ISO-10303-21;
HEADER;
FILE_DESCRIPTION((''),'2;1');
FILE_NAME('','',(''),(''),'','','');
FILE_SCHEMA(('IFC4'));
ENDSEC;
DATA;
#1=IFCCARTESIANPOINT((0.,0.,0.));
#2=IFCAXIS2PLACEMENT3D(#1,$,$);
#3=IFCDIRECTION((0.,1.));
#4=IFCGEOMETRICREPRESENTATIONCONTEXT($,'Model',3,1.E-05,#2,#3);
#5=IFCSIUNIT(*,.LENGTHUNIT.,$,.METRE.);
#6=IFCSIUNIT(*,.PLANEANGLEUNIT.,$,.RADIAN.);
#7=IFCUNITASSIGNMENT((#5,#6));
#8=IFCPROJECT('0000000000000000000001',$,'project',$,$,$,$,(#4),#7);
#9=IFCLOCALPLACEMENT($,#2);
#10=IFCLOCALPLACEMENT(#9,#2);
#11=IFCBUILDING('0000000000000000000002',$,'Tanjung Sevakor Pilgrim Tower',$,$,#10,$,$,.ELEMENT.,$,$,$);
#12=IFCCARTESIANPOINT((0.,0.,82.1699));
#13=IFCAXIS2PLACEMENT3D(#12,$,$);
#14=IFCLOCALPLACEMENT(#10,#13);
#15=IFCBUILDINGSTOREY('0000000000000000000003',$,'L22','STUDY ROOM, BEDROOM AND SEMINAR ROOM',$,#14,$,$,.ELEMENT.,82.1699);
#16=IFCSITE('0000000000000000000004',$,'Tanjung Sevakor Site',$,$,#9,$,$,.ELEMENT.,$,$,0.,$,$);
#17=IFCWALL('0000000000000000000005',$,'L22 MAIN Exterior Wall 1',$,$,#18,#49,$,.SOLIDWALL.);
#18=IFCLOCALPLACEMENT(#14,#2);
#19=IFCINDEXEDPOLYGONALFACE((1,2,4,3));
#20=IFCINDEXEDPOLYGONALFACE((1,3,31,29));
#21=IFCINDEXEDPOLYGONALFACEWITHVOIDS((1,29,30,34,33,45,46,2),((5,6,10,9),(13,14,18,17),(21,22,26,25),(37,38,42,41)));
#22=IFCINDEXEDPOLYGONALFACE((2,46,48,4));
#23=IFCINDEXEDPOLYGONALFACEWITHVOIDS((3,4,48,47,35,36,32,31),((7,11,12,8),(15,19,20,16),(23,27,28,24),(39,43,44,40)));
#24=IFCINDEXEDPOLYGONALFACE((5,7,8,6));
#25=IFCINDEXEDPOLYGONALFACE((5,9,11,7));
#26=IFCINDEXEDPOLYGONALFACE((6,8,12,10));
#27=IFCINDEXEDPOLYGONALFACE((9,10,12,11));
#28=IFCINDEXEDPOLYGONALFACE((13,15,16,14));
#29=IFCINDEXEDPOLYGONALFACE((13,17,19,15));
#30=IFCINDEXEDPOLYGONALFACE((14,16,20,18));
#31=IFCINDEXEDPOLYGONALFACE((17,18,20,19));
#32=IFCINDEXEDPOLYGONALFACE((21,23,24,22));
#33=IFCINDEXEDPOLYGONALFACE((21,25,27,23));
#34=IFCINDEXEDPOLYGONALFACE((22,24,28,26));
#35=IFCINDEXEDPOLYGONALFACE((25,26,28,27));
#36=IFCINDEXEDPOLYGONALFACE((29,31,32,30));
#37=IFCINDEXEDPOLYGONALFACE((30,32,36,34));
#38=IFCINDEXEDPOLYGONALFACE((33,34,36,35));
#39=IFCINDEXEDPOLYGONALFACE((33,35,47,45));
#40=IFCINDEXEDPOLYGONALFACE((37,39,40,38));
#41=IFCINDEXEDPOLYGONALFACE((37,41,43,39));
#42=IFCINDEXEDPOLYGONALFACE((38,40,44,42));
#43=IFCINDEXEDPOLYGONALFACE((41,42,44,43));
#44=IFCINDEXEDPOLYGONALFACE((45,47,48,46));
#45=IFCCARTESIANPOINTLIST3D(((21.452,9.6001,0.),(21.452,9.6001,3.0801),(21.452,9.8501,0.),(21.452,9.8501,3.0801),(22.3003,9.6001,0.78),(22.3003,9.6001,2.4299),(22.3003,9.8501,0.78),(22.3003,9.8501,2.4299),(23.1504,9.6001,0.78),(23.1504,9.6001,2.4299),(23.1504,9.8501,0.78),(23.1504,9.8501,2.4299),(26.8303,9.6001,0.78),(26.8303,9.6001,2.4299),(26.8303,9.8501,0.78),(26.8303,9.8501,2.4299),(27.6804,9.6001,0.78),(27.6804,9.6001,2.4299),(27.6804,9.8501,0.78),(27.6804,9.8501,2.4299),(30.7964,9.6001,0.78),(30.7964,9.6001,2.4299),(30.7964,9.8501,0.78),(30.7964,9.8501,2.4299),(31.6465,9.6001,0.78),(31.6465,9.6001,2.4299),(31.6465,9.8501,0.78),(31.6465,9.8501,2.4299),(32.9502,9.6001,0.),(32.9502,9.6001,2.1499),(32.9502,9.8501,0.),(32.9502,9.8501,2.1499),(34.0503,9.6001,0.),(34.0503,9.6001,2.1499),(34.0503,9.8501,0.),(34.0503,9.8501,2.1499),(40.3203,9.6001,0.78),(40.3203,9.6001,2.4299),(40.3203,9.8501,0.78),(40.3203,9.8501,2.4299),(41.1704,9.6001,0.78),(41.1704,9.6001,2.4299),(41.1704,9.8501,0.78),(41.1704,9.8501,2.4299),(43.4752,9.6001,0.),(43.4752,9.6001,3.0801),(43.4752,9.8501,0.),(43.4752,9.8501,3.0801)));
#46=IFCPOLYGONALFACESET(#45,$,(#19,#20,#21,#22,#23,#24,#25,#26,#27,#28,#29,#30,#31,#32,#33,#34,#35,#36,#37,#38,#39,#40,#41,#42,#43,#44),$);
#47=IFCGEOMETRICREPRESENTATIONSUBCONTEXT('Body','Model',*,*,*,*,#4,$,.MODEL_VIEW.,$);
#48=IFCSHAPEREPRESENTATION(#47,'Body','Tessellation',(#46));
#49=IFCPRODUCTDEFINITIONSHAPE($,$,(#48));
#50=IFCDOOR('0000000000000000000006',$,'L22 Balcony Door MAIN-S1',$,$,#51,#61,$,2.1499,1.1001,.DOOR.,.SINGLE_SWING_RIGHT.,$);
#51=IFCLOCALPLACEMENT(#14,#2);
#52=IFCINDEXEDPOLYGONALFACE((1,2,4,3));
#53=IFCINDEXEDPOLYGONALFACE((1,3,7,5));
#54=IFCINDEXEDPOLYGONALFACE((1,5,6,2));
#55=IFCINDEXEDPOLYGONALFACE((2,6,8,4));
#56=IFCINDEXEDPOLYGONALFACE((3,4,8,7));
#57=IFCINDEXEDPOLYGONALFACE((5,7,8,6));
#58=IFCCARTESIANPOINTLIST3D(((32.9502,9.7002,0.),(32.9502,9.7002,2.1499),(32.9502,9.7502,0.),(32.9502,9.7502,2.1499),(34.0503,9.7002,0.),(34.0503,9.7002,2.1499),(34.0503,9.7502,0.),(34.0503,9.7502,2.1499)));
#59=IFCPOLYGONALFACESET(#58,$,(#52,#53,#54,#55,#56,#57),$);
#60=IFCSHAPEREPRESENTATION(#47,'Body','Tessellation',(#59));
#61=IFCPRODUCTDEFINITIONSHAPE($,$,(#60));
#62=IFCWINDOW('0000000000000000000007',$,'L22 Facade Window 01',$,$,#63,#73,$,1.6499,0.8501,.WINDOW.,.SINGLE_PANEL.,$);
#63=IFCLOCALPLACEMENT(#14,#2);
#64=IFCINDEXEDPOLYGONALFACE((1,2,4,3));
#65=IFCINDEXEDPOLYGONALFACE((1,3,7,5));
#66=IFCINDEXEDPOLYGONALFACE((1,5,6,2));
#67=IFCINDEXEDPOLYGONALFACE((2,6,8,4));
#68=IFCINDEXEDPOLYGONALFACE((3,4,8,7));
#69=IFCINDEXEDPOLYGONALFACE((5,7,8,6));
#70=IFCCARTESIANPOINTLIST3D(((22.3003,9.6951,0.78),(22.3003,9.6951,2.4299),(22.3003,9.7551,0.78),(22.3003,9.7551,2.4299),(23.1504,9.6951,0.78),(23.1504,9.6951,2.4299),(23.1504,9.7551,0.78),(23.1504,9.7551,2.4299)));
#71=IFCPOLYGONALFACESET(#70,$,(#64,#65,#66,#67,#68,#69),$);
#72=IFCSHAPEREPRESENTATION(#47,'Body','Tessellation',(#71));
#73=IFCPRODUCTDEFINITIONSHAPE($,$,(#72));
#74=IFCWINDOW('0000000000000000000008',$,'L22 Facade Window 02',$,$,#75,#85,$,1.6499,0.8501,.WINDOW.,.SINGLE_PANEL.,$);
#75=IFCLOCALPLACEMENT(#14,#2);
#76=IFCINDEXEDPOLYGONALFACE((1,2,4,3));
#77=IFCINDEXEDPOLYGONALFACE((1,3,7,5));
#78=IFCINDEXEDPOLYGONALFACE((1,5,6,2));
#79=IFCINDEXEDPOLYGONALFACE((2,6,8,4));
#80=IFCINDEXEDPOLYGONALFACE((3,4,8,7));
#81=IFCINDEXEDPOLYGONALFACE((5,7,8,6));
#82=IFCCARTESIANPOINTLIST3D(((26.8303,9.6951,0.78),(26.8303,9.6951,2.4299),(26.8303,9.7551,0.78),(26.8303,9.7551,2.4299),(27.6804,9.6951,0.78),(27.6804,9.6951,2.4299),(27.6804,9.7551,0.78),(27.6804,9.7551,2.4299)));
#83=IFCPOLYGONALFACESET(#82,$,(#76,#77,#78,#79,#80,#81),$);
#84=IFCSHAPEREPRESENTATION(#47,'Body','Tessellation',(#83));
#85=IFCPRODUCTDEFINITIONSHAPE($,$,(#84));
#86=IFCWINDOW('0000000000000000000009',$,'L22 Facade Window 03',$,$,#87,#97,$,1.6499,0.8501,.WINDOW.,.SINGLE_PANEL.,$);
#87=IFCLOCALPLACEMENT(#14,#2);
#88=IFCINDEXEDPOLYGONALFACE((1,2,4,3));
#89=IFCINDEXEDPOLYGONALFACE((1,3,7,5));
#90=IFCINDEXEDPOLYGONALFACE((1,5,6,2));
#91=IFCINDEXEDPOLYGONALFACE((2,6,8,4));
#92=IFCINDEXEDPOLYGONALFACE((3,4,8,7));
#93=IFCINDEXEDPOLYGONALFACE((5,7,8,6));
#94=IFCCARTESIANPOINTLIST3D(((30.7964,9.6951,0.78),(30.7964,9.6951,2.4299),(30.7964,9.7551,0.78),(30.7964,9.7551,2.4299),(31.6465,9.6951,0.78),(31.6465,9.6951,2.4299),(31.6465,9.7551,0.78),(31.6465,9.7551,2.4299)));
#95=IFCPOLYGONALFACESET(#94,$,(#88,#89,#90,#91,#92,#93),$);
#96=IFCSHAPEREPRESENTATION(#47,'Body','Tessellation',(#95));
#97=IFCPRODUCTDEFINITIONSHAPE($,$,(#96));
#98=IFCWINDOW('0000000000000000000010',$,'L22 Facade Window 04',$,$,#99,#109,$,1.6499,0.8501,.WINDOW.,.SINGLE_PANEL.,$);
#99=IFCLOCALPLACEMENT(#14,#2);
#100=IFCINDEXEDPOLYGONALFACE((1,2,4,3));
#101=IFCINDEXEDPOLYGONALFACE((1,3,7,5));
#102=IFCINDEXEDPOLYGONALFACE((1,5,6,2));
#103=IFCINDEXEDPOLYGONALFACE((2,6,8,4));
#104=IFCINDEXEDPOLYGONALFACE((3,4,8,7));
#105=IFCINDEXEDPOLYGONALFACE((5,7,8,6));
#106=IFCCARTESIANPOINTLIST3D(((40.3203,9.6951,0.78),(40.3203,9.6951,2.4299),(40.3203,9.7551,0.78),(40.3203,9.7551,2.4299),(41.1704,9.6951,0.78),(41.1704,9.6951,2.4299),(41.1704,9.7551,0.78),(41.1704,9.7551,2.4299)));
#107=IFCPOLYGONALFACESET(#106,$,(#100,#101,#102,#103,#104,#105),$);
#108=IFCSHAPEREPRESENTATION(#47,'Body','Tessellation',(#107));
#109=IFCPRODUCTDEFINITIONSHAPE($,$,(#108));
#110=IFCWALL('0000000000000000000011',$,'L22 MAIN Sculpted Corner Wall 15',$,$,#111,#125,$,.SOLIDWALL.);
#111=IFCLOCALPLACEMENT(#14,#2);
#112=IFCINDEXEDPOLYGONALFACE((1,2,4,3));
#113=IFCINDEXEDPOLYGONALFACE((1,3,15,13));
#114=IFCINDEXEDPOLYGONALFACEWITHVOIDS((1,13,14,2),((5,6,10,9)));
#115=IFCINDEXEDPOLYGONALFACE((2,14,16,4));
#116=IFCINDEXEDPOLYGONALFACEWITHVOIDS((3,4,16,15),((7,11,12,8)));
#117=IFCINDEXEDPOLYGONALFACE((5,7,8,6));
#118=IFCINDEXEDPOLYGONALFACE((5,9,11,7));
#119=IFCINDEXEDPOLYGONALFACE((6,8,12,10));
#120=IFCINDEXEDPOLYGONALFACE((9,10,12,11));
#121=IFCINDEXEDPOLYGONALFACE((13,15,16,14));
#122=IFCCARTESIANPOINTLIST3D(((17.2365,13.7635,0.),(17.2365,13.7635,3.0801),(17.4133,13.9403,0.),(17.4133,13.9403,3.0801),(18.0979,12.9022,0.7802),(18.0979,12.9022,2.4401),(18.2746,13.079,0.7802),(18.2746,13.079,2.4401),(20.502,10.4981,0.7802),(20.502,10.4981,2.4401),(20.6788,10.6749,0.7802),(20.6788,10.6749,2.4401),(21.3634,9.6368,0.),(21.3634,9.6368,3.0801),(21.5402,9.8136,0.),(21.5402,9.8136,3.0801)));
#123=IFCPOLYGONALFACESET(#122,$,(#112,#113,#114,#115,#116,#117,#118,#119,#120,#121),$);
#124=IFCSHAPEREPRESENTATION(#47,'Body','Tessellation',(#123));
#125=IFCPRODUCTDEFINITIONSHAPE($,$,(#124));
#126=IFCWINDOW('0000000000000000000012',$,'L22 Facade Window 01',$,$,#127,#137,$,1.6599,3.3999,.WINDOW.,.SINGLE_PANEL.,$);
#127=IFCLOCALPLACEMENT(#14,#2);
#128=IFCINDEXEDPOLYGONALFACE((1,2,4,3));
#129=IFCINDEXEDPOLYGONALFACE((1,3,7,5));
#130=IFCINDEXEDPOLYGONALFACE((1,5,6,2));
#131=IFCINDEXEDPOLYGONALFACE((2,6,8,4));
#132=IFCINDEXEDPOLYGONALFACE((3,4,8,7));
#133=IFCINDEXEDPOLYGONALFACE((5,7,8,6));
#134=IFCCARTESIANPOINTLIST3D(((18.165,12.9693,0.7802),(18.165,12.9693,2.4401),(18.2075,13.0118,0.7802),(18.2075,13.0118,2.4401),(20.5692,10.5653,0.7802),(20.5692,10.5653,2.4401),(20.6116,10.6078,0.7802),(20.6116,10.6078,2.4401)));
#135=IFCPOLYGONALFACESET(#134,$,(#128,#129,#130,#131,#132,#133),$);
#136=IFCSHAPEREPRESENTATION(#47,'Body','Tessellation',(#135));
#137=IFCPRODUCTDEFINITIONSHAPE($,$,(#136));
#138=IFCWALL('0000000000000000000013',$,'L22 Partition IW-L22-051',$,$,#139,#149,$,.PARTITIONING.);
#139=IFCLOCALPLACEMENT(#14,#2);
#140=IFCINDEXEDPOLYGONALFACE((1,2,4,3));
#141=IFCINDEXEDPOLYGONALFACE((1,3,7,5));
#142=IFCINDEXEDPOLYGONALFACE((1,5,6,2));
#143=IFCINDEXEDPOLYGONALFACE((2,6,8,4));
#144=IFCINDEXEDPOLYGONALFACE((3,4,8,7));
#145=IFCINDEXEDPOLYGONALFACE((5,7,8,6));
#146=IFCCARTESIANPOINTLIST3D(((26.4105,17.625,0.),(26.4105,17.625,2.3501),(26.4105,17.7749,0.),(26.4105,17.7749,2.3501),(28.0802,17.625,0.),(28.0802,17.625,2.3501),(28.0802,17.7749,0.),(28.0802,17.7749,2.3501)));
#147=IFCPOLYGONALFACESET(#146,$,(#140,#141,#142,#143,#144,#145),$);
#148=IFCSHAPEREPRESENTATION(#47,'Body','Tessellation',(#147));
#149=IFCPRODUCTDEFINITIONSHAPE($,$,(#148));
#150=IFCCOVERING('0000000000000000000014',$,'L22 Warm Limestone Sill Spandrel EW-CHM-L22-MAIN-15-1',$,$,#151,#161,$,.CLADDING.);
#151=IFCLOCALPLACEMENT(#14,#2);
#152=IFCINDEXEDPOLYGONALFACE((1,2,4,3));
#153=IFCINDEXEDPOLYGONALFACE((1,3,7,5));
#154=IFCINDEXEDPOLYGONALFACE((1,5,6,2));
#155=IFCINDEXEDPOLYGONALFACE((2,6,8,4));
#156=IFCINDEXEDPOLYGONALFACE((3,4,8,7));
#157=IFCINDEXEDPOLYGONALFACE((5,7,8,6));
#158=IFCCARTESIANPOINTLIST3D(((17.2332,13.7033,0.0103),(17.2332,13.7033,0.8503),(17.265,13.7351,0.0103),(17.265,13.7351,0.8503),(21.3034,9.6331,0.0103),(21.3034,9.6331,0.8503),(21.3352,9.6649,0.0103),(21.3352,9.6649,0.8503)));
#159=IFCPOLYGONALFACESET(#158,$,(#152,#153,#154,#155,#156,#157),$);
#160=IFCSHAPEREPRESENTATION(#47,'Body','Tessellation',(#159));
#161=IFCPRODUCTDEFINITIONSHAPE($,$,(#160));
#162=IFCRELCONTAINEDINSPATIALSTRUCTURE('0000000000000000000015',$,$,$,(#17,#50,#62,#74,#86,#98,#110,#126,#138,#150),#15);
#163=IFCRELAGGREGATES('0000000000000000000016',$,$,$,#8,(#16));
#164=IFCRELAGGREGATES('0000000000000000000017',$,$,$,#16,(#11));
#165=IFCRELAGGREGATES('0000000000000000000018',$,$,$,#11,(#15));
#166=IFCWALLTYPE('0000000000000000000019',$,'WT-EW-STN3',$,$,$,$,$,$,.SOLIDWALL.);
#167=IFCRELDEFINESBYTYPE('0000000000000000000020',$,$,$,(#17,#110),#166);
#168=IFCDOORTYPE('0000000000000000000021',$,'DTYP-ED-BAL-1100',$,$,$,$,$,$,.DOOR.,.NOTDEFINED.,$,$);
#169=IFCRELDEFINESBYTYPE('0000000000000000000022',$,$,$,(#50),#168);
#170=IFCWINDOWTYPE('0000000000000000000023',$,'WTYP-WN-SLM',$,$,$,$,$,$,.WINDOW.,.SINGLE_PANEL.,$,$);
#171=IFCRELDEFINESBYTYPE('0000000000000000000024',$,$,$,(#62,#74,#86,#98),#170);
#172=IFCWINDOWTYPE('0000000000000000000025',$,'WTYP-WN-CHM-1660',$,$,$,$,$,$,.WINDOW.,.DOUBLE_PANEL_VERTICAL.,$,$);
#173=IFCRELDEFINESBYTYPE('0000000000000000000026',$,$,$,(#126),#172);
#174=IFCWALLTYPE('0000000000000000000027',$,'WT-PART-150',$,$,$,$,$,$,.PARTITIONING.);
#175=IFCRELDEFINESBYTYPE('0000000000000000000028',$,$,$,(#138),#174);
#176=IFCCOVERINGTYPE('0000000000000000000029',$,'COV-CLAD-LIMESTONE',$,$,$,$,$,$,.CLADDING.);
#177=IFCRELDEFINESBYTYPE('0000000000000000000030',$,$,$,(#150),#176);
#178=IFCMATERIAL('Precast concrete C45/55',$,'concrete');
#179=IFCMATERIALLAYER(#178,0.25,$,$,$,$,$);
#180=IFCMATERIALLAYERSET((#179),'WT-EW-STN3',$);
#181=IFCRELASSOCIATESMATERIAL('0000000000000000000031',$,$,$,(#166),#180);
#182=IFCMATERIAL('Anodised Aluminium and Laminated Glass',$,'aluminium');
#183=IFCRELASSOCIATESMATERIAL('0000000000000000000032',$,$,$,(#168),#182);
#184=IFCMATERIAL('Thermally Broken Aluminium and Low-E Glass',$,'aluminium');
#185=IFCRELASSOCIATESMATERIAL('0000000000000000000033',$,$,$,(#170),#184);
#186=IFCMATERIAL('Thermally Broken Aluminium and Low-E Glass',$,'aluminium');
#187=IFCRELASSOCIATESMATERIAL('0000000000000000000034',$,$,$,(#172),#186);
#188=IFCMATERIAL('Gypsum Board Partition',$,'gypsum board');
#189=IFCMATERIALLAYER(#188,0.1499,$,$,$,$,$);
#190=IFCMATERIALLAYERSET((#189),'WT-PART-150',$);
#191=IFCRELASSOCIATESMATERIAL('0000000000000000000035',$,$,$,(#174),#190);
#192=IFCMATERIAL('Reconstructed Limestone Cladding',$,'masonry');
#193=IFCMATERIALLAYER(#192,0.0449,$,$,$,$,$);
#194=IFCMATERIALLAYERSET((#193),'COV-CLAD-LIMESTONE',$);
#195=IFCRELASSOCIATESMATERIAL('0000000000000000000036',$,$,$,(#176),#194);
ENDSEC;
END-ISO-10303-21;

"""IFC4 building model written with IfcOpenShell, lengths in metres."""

from ifc_helpers import new_model, si_unit, direction, frame, frame_2d, origin, origin_2d, place, context, subcontext, project, spatial, rectangle, extrude, material, layer, layer_set, type_object, element, fill, save


model = new_model("IFC4")

# Units and contexts
model_context = context("Model", 3, precision=1e-05, world=origin(), true_north=direction((0.0, 1.0)))
body_context = subcontext(model_context, "Body", "Model", "MODEL_VIEW")
ifc_project = project(units=[si_unit("LENGTHUNIT", "METRE"), si_unit("PLANEANGLEUNIT", "RADIAN")], contexts=[model_context])

# Site, building, storey
site_placement = place(None, origin())
site = spatial("IfcSite", under=ifc_project, at=site_placement, Name="Tanjung Sevakor Site", CompositionType="ELEMENT", RefElevation=0.0)
building_placement = place(site_placement, origin())
building = spatial("IfcBuilding", under=site, at=building_placement, Name="Tanjung Sevakor Pilgrim Tower", CompositionType="ELEMENT")
storey_placement = place(building_placement, frame((0.0, 0.0, 82.1699)))
storey = spatial("IfcBuildingStorey", under=building, at=storey_placement, Name="L22", Description="STUDY ROOM, BEDROOM AND SEMINAR ROOM", CompositionType="ELEMENT", Elevation=82.1699)

# Wall, openings, door, windows
ifc_material_1 = material(Name="Precast concrete C45/55", Category="concrete")
ifc_layer_1 = layer(ifc_material_1, 0.25)
ifc_layer_set_1 = layer_set([ifc_layer_1], Name="WT-EW-STN3")
wall_type_1 = type_object("IfcWallType", Name="WT-EW-STN3", PredefinedType="SOLIDWALL", material=ifc_layer_set_1)
wall_1_placement = place(storey_placement, frame((21.4519, 9.7251, 0.0), z_axis=(0.0, 0.0, 1.0), x_axis=(1.0, 0.0, 0.0)))
wall_1 = element("IfcWall", 1, at=wall_1_placement, inside=storey, type_object=wall_type_1, Name="L22 MAIN Exterior Wall 1", PredefinedType="SOLIDWALL", context=body_context, shape_type="SweptSolid", body=[
    extrude(rectangle(XDim=22.0232, YDim=0.25, at=frame_2d((11.0117, 0.0))), origin(), (0.0, 0.0, 1.0), 3.0801),
])
opening_1_placement = place(wall_1_placement, frame((11.4983, 0.0, 0.0)))
opening_1 = element("IfcOpeningElement", 2, at=opening_1_placement, cuts=wall_1, PredefinedType="OPENING", context=body_context, shape_type="SweptSolid", body=[
    extrude(rectangle(XDim=1.1001, YDim=2.1499, at=frame_2d((0.55, 1.075))), frame((0.0, 0.135, 0.0), z_axis=(0.0, -1.0, 0.0), x_axis=(1.0, 0.0, 0.0)), (0.0, 0.0, 1.0), 0.27),
])
opening_2_placement = place(wall_1_placement, frame((0.8484, 0.0, 0.78)))
opening_2 = element("IfcOpeningElement", 3, at=opening_2_placement, cuts=wall_1, PredefinedType="OPENING", context=body_context, shape_type="SweptSolid", body=[
    extrude(rectangle(XDim=0.8501, YDim=1.6499, at=frame_2d((0.425, 0.825))), frame((0.0, 0.135, 0.0), z_axis=(0.0, -1.0, 0.0), x_axis=(1.0, 0.0, 0.0)), (0.0, 0.0, 1.0), 0.27),
])
opening_3_placement = place(wall_1_placement, frame((5.3784, 0.0, 0.78)))
opening_3 = element("IfcOpeningElement", 4, at=opening_3_placement, cuts=wall_1, PredefinedType="OPENING", context=body_context, shape_type="SweptSolid", body=[
    extrude(rectangle(XDim=0.8501, YDim=1.6499, at=frame_2d((0.425, 0.825))), frame((0.0, 0.135, 0.0), z_axis=(0.0, -1.0, 0.0), x_axis=(1.0, 0.0, 0.0)), (0.0, 0.0, 1.0), 0.27),
])
opening_4_placement = place(wall_1_placement, frame((9.3445, 0.0, 0.78)))
opening_4 = element("IfcOpeningElement", 5, at=opening_4_placement, cuts=wall_1, PredefinedType="OPENING", context=body_context, shape_type="SweptSolid", body=[
    extrude(rectangle(XDim=0.8501, YDim=1.6499, at=frame_2d((0.425, 0.825))), frame((0.0, 0.135, 0.0), z_axis=(0.0, -1.0, 0.0), x_axis=(1.0, 0.0, 0.0)), (0.0, 0.0, 1.0), 0.27),
])
opening_5_placement = place(wall_1_placement, frame((18.8684, 0.0, 0.78)))
opening_5 = element("IfcOpeningElement", 6, at=opening_5_placement, cuts=wall_1, PredefinedType="OPENING", context=body_context, shape_type="SweptSolid", body=[
    extrude(rectangle(XDim=0.8501, YDim=1.6499, at=frame_2d((0.425, 0.825))), frame((0.0, 0.135, 0.0), z_axis=(0.0, -1.0, 0.0), x_axis=(1.0, 0.0, 0.0)), (0.0, 0.0, 1.0), 0.27),
])
ifc_material_2 = material(Name="Anodised Aluminium and Laminated Glass", Category="aluminium")
door_type = type_object("IfcDoorType", Name="DTYP-ED-BAL-1100", OperationType="NOTDEFINED", PredefinedType="DOOR", material=ifc_material_2)
door_placement = place(opening_1_placement, frame((1.1001, 0.0, 0.0), z_axis=(0.0, 0.0, 1.0), x_axis=(-1.0, 0.0, 0.0)))
door = element("IfcDoor", 7, at=door_placement, inside=storey, type_object=door_type, Name="L22 Balcony Door MAIN-S1", OperationType="SINGLE_SWING_RIGHT", OverallHeight=2.1499, OverallWidth=1.1001, PredefinedType="DOOR", context=body_context, shape_type="SweptSolid", body=[
    extrude(rectangle(XDim=1.1001, YDim=2.1499, at=frame_2d((0.55, 1.075))), frame((0.0, 0.0249, 0.0), z_axis=(0.0, -1.0, 0.0), x_axis=(1.0, 0.0, 0.0)), (0.0, 0.0, 1.0), 0.05),
])
fill(opening_1, door)
ifc_material_3 = material(Name="Thermally Broken Aluminium and Low-E Glass", Category="aluminium")
window_type_1 = type_object("IfcWindowType", Name="WTYP-WN-SLM", PartitioningType="SINGLE_PANEL", PredefinedType="WINDOW", material=ifc_material_3)
window_1_placement = place(opening_2_placement, origin())
window_1 = element("IfcWindow", 8, at=window_1_placement, inside=storey, type_object=window_type_1, Name="L22 Facade Window 01", OverallHeight=1.6499, OverallWidth=0.8501, PartitioningType="SINGLE_PANEL", PredefinedType="WINDOW", context=body_context, shape_type="SweptSolid", body=[
    extrude(rectangle(XDim=0.8501, YDim=1.6499, at=frame_2d((0.425, 0.825))), frame((0.0, 0.03, 0.0), z_axis=(0.0, -1.0, 0.0), x_axis=(1.0, 0.0, 0.0)), (0.0, 0.0, 1.0), 0.0601),
])
fill(opening_2, window_1)
window_2_placement = place(opening_3_placement, origin())
window_2 = element("IfcWindow", 9, at=window_2_placement, inside=storey, type_object=window_type_1, Name="L22 Facade Window 02", OverallHeight=1.6499, OverallWidth=0.8501, PartitioningType="SINGLE_PANEL", PredefinedType="WINDOW", context=body_context, shape_type="SweptSolid", body=[
    extrude(rectangle(XDim=0.8501, YDim=1.6499, at=frame_2d((0.425, 0.825))), frame((0.0, 0.03, 0.0), z_axis=(0.0, -1.0, 0.0), x_axis=(1.0, 0.0, 0.0)), (0.0, 0.0, 1.0), 0.0601),
])
fill(opening_3, window_2)
window_3_placement = place(opening_4_placement, origin())
window_3 = element("IfcWindow", 10, at=window_3_placement, inside=storey, type_object=window_type_1, Name="L22 Facade Window 03", OverallHeight=1.6499, OverallWidth=0.8501, PartitioningType="SINGLE_PANEL", PredefinedType="WINDOW", context=body_context, shape_type="SweptSolid", body=[
    extrude(rectangle(XDim=0.8501, YDim=1.6499, at=frame_2d((0.425, 0.825))), frame((0.0, 0.03, 0.0), z_axis=(0.0, -1.0, 0.0), x_axis=(1.0, 0.0, 0.0)), (0.0, 0.0, 1.0), 0.0601),
])
fill(opening_4, window_3)
window_4_placement = place(opening_5_placement, origin())
window_4 = element("IfcWindow", 11, at=window_4_placement, inside=storey, type_object=window_type_1, Name="L22 Facade Window 04", OverallHeight=1.6499, OverallWidth=0.8501, PartitioningType="SINGLE_PANEL", PredefinedType="WINDOW", context=body_context, shape_type="SweptSolid", body=[
    extrude(rectangle(XDim=0.8501, YDim=1.6499, at=frame_2d((0.425, 0.825))), frame((0.0, 0.03, 0.0), z_axis=(0.0, -1.0, 0.0), x_axis=(1.0, 0.0, 0.0)), (0.0, 0.0, 1.0), 0.0601),
])
fill(opening_5, window_4)

# Wall, opening, window
wall_2_placement = place(storey_placement, frame((17.325, 13.8518, 0.0), z_axis=(0.0, 0.0, 1.0), x_axis=(0.707128, -0.707086, 0.0)))
wall_2 = element("IfcWall", 12, at=wall_2_placement, inside=storey, type_object=wall_type_1, Name="L22 MAIN Sculpted Corner Wall 15", PredefinedType="SOLIDWALL", context=body_context, shape_type="SweptSolid", body=[
    extrude(rectangle(XDim=5.8362, YDim=0.25, at=frame_2d((2.918, 0.0))), origin(), (0.0, 0.0, 1.0), 3.0801),
])
opening_6_placement = place(wall_2_placement, frame((1.218, 0.0, 0.78)))
opening_6 = element("IfcOpeningElement", 13, at=opening_6_placement, cuts=wall_2, PredefinedType="OPENING", context=body_context, shape_type="SweptSolid", body=[
    extrude(rectangle(XDim=3.3999, YDim=1.6599, at=frame_2d((1.7, 0.8301))), frame((0.0, 0.135, 0.0), z_axis=(0.0, -1.0, 0.0), x_axis=(1.0, 0.0, 0.0)), (0.0, 0.0, 1.0), 0.27),
])
ifc_material_4 = material(Name="Thermally Broken Aluminium and Low-E Glass", Category="aluminium")
window_type_2 = type_object("IfcWindowType", Name="WTYP-WN-CHM-1660", PartitioningType="DOUBLE_PANEL_VERTICAL", PredefinedType="WINDOW", material=ifc_material_4)
window_5_placement = place(opening_6_placement, origin())
window_5 = element("IfcWindow", 14, at=window_5_placement, inside=storey, type_object=window_type_2, Name="L22 Facade Window 01", OverallHeight=1.6599, OverallWidth=3.3999, PartitioningType="SINGLE_PANEL", PredefinedType="WINDOW", context=body_context, shape_type="SweptSolid", body=[
    extrude(rectangle(XDim=3.3999, YDim=1.6599, at=frame_2d((1.7, 0.8301))), frame((0.0, 0.03, 0.0), z_axis=(0.0, -1.0, 0.0), x_axis=(1.0, 0.0, 0.0)), (0.0, 0.0, 1.0), 0.0601),
])
fill(opening_6, window_5)

# Wall
ifc_material_5 = material(Name="Gypsum Board Partition", Category="gypsum board")
ifc_layer_2 = layer(ifc_material_5, 0.1499)
ifc_layer_set_2 = layer_set([ifc_layer_2], Name="WT-PART-150")
wall_type_2 = type_object("IfcWallType", Name="WT-PART-150", PredefinedType="PARTITIONING", material=ifc_layer_set_2)
wall_3_placement = place(storey_placement, frame((26.4104, 17.7, 0.0), z_axis=(0.0, 0.0, 1.0), x_axis=(1.0, 0.0, 0.0)))
element("IfcWall", 15, at=wall_3_placement, inside=storey, type_object=wall_type_2, Name="L22 Partition IW-L22-051", PredefinedType="PARTITIONING", context=body_context, shape_type="SweptSolid", body=[
    extrude(rectangle(XDim=1.6697, YDim=0.1499, at=frame_2d((0.835, 0.0))), origin(), (0.0, 0.0, 1.0), 2.3501),
])

# Covering
ifc_material_6 = material(Name="Reconstructed Limestone Cladding", Category="masonry")
ifc_layer_3 = layer(ifc_material_6, 0.0449)
ifc_layer_set_3 = layer_set([ifc_layer_3], Name="COV-CLAD-LIMESTONE")
covering_type = type_object("IfcCoveringType", Name="COV-CLAD-LIMESTONE", PredefinedType="CLADDING", material=ifc_layer_set_3)
covering_placement = place(storey_placement, frame((19.2842, 11.6841, 0.0103), z_axis=(0.0, 0.0, 1.0), x_axis=(0.707107, -0.707107, 0.0)))
element("IfcCovering", 16, at=covering_placement, inside=storey, type_object=covering_type, Name="L22 Warm Limestone Sill Spandrel EW-CHM-L22-MAIN-15-1", PredefinedType="CLADDING", context=body_context, shape_type="SweptSolid", body=[
    extrude(rectangle(XDim=5.7561, YDim=0.0449, at=origin_2d()), origin(), (0.0, 0.0, 1.0), 0.8401),
])

save(model, "model.ifc")
